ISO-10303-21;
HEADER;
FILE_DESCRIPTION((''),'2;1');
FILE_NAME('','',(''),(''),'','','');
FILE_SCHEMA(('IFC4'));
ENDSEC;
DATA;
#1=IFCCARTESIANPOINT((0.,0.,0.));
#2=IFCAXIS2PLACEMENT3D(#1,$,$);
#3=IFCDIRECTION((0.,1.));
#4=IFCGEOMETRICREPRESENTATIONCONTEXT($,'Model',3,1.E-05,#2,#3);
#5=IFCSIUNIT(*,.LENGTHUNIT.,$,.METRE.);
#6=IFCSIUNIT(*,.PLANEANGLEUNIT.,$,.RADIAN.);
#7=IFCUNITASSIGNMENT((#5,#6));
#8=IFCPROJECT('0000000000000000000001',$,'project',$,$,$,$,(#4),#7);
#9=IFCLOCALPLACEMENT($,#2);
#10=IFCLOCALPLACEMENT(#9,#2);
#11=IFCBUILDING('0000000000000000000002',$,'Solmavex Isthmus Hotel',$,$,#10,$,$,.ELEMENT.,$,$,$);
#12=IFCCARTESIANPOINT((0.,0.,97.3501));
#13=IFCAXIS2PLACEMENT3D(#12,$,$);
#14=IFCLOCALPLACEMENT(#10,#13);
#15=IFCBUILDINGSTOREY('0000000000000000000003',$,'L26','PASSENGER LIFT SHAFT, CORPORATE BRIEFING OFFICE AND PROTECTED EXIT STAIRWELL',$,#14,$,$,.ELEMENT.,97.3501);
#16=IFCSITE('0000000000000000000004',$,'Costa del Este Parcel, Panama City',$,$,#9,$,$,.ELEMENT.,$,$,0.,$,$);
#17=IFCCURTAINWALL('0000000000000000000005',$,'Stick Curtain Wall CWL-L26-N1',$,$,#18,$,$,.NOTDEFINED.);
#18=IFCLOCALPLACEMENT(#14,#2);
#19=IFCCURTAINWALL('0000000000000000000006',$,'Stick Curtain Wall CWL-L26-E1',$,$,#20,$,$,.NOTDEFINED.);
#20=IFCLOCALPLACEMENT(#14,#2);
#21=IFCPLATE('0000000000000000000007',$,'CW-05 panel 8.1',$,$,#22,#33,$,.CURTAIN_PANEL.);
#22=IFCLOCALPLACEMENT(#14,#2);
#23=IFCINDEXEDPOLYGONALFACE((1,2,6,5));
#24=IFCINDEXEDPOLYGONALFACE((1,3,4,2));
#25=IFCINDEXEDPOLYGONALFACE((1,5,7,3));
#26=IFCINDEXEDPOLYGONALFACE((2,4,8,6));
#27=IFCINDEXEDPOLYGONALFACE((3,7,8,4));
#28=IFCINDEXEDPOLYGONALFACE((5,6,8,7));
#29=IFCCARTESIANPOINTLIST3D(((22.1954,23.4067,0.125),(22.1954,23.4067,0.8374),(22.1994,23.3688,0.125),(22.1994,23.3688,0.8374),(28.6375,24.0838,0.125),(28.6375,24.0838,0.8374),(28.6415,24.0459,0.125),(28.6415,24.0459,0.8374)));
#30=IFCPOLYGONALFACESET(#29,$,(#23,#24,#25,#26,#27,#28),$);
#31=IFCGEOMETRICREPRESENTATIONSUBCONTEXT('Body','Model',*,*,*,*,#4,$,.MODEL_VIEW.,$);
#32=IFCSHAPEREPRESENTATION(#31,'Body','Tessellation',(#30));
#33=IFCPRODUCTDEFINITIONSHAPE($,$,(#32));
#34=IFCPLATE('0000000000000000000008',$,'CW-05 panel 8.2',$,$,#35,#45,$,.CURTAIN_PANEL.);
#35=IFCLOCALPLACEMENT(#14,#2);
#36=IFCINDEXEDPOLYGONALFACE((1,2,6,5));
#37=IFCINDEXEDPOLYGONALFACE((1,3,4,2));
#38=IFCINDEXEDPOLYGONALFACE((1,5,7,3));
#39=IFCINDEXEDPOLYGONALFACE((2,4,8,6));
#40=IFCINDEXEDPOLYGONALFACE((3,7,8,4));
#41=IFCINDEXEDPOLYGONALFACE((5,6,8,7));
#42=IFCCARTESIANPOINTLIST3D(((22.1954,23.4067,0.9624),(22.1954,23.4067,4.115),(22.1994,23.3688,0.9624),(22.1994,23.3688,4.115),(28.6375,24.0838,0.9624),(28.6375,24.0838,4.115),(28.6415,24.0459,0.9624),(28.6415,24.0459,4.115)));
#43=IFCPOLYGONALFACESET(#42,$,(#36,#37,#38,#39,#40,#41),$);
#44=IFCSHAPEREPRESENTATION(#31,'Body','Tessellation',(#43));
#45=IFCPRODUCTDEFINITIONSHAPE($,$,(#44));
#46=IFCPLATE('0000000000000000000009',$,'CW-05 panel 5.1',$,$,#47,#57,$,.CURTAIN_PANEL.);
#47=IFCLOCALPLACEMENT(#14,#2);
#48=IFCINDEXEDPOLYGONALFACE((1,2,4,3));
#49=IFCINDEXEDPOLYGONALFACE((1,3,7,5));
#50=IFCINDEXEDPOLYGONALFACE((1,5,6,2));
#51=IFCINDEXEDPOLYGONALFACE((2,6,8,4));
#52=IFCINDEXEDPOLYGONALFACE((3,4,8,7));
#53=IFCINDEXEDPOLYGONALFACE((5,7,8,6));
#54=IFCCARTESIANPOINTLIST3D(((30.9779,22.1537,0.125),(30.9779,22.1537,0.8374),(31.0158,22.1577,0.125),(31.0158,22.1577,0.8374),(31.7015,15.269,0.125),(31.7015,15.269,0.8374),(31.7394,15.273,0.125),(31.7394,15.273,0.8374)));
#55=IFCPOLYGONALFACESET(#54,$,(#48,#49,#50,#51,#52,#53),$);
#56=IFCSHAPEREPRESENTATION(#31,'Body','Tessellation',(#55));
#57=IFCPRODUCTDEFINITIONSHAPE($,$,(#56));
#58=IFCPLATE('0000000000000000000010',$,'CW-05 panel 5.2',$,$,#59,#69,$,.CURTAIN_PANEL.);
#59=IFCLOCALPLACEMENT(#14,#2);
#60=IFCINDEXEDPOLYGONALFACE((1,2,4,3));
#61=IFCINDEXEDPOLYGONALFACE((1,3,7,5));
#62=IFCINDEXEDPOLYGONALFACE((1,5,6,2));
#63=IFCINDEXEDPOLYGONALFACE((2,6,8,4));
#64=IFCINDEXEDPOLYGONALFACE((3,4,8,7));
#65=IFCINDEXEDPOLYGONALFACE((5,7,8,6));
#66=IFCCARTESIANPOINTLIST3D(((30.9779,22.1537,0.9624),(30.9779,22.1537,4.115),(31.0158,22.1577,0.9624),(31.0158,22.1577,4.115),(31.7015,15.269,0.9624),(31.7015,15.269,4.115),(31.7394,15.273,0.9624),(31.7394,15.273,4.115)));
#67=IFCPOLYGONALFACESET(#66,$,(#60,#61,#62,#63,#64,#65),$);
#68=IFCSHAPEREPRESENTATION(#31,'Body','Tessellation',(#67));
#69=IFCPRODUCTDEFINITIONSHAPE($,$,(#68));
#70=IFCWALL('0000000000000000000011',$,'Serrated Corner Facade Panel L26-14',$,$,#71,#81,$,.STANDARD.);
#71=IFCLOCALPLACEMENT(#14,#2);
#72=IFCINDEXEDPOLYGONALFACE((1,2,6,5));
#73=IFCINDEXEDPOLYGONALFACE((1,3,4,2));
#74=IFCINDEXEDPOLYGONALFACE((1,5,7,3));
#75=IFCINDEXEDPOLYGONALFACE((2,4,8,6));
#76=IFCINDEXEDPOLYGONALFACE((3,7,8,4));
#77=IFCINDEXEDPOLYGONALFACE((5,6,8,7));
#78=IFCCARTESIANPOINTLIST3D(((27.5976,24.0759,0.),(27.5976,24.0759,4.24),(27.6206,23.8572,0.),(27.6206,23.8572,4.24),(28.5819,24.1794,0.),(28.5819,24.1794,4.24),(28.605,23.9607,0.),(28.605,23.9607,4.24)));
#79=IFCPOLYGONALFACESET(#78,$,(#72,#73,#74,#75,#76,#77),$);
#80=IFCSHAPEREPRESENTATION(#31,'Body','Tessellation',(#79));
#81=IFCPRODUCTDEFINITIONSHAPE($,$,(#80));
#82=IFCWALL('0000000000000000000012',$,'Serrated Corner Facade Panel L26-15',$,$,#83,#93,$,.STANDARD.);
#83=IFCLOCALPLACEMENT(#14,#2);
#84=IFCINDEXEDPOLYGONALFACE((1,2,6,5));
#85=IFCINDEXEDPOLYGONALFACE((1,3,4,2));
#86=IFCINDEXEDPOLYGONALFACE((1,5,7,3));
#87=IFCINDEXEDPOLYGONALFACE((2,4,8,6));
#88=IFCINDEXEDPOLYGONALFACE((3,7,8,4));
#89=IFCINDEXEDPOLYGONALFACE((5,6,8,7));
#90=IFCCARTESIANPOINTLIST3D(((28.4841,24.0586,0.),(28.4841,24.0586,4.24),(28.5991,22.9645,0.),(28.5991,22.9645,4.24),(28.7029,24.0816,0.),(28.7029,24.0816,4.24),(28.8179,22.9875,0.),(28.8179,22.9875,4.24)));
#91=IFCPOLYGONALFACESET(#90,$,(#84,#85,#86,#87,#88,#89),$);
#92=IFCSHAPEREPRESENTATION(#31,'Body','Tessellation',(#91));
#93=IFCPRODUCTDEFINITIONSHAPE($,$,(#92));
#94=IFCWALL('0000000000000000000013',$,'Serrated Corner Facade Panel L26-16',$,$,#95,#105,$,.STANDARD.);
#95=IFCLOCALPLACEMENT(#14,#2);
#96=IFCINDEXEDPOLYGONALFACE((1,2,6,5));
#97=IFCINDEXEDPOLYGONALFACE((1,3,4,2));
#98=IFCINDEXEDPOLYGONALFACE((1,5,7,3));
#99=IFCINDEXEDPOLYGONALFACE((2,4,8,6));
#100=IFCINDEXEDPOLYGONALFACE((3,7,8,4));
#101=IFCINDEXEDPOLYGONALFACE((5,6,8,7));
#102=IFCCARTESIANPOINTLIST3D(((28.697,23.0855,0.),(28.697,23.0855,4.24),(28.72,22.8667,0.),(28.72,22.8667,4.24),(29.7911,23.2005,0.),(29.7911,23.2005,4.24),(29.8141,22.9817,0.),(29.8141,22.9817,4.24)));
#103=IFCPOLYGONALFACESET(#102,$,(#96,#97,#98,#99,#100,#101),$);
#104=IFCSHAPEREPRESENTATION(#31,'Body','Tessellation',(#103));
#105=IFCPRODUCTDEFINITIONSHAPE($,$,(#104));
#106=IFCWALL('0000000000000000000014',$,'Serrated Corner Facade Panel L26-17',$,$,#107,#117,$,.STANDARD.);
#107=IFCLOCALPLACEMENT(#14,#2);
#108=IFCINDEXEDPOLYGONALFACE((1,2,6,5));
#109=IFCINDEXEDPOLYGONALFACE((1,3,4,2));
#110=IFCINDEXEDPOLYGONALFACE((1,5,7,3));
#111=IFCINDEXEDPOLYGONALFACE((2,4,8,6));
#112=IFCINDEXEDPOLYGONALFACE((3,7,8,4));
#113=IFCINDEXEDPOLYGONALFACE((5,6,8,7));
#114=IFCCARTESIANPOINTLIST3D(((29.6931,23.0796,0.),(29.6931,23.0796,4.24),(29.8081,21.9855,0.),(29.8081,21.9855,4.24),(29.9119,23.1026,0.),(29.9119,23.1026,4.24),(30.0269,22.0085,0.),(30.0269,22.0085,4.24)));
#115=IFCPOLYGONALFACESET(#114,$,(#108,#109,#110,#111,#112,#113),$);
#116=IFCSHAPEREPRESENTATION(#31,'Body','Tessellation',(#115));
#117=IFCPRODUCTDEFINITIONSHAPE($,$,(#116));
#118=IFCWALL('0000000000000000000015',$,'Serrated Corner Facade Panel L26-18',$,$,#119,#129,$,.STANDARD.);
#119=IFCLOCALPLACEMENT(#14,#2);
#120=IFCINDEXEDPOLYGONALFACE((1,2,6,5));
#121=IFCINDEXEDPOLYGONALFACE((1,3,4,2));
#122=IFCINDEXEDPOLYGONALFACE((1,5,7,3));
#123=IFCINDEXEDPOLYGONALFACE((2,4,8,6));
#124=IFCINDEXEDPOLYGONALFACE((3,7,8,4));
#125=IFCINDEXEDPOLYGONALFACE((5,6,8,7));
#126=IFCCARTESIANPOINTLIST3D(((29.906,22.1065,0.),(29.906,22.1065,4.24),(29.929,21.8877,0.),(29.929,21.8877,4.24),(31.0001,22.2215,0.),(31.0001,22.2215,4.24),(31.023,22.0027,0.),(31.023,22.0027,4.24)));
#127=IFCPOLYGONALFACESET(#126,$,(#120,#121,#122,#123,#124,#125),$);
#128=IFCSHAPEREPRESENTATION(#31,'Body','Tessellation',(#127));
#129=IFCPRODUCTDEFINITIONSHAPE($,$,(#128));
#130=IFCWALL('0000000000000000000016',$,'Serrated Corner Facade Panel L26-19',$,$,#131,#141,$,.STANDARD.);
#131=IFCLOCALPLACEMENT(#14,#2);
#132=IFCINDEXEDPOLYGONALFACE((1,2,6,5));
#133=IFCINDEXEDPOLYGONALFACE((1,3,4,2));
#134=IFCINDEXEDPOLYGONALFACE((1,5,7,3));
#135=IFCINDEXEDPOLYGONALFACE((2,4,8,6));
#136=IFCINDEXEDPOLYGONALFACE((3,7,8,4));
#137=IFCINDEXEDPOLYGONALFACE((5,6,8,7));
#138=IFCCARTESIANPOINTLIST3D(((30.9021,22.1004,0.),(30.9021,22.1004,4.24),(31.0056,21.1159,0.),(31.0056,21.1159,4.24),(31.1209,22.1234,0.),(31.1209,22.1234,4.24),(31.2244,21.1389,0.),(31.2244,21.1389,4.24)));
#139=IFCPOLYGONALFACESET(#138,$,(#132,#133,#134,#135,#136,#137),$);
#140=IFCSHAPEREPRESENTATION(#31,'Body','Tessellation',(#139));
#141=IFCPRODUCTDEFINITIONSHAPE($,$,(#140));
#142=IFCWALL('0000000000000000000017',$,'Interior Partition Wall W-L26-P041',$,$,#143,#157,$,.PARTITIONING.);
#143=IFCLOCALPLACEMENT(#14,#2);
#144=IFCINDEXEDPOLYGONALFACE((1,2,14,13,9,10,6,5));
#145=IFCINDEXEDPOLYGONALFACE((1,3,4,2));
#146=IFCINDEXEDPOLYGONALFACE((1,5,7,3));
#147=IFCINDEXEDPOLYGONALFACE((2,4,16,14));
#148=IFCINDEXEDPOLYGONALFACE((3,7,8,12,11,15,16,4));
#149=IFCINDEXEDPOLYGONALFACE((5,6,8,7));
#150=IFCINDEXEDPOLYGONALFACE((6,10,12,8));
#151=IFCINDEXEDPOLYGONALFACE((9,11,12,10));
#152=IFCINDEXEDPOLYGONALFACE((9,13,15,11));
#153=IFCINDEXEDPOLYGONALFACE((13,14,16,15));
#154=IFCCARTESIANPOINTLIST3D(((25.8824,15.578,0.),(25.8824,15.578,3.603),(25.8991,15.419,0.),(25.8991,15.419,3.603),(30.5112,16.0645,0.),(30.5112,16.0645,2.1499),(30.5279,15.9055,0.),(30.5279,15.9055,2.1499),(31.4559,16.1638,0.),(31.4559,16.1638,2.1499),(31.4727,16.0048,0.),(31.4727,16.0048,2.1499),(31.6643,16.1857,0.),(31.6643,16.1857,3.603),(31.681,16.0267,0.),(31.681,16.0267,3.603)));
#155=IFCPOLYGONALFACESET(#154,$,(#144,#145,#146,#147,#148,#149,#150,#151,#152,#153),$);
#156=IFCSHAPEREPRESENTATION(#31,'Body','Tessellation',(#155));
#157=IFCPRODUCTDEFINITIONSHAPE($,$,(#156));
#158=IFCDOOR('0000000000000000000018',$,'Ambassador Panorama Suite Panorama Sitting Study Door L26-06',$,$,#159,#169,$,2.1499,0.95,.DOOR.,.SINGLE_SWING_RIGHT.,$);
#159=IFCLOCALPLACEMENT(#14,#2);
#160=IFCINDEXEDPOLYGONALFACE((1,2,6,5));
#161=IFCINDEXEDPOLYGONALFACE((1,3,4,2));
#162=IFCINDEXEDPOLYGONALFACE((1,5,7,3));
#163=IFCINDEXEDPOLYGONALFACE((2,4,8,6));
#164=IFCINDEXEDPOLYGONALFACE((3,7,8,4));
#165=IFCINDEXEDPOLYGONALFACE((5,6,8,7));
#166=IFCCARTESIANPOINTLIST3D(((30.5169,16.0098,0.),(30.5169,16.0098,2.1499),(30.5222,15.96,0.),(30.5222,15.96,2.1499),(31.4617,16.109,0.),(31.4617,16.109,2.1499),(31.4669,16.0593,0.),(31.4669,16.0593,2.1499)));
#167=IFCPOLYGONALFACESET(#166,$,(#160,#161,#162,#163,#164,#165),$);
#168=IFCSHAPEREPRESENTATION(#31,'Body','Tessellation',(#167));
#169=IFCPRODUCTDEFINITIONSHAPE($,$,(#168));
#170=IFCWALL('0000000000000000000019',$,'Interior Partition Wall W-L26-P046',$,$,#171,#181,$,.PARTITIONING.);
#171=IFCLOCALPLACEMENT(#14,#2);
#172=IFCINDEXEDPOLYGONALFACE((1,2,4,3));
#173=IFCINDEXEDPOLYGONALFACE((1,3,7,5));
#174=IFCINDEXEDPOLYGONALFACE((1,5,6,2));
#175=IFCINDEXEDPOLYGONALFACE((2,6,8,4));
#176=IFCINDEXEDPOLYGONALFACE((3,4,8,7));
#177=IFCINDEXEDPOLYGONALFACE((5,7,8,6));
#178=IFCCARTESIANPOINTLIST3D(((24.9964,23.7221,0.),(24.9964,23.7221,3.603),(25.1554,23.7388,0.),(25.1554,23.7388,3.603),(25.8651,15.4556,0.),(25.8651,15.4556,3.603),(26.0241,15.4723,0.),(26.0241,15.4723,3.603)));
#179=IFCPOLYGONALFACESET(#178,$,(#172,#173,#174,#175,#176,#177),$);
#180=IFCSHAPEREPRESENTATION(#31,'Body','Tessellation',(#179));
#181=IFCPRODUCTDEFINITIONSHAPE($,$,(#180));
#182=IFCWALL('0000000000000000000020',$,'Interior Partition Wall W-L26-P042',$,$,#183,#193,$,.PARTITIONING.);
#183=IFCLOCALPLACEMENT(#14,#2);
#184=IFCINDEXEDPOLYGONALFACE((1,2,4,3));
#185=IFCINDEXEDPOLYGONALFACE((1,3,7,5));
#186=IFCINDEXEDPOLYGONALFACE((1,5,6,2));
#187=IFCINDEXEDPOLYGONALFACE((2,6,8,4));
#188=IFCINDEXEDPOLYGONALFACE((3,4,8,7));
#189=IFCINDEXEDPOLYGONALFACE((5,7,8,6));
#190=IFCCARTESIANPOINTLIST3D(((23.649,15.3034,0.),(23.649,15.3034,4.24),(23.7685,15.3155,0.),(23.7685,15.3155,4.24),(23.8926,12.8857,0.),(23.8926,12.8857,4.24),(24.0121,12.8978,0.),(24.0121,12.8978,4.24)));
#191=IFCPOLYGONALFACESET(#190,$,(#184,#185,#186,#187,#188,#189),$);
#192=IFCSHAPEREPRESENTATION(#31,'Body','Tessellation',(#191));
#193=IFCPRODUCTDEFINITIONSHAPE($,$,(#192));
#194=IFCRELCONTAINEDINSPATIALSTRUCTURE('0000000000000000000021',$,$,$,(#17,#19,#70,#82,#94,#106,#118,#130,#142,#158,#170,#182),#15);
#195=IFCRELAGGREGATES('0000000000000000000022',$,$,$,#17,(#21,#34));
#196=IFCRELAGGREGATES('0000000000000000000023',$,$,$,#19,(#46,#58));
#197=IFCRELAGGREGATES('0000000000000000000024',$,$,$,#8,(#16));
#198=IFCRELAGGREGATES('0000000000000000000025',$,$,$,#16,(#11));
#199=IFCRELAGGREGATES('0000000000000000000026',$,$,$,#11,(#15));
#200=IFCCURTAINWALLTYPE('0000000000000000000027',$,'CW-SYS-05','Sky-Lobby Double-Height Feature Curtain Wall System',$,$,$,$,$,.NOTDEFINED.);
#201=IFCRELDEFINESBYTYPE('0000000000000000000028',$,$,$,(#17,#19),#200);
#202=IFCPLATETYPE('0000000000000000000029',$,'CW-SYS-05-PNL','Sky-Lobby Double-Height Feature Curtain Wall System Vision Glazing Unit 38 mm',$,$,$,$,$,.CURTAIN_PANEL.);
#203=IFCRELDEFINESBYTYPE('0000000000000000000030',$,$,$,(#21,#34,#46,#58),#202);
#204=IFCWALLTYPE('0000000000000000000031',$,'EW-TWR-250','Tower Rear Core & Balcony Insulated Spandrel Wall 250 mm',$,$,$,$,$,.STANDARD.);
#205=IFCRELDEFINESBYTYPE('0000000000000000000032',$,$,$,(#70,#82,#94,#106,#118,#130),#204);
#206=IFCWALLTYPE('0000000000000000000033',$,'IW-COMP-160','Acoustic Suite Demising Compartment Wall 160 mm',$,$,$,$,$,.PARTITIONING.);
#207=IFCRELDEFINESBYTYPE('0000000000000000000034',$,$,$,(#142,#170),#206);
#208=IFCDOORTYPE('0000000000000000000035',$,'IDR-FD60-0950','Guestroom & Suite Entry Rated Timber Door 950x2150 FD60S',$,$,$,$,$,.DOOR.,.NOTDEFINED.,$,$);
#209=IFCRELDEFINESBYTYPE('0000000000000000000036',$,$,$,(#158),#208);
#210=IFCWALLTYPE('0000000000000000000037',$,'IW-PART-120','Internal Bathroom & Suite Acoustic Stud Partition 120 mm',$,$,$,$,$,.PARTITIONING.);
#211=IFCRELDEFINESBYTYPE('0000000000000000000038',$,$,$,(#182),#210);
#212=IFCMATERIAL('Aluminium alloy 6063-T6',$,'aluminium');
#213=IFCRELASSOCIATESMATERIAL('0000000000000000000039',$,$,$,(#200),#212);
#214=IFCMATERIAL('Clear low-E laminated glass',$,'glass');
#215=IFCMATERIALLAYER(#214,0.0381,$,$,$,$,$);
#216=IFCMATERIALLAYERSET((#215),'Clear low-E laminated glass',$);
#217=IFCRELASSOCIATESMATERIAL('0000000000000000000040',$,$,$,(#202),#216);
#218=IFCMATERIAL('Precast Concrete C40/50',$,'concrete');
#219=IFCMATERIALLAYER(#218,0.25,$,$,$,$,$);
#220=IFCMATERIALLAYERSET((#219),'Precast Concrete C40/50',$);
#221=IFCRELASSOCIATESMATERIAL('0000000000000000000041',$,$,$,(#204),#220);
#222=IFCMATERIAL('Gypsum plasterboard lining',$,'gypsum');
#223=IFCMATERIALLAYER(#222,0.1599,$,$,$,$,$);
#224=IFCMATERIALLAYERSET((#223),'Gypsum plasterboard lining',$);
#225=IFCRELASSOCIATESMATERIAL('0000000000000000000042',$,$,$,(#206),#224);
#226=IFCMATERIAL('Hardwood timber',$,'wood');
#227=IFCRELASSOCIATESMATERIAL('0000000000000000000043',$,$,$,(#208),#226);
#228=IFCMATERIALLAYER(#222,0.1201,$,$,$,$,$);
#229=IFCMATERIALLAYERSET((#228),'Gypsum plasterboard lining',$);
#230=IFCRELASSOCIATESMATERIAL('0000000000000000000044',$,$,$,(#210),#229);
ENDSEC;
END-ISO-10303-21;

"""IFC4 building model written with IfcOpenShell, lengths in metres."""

from ifc_helpers import new_model, si_unit, direction, frame, frame_2d, origin, origin_2d, place, context, subcontext, project, spatial, rectangle, extrude, material, layer, layer_set, type_object, element, fill, aggregate, save


model = new_model("IFC4")

# Units and contexts
model_context = context("Model", 3, precision=1e-05, world=origin(), true_north=direction((0.0, 1.0)))
body_context = subcontext(model_context, "Body", "Model", "MODEL_VIEW")
ifc_project = project(units=[si_unit("LENGTHUNIT", "METRE"), si_unit("PLANEANGLEUNIT", "RADIAN")], contexts=[model_context])

# Site, building, storey
site_placement = place(None, origin())
site = spatial("IfcSite", under=ifc_project, at=site_placement, Name="Costa del Este Parcel, Panama City", CompositionType="ELEMENT", RefElevation=0.0)
building_placement = place(site_placement, origin())
building = spatial("IfcBuilding", under=site, at=building_placement, Name="Solmavex Isthmus Hotel", CompositionType="ELEMENT")
storey_placement = place(building_placement, frame((0.0, 0.0, 97.3501)))
storey = spatial("IfcBuildingStorey", under=building, at=storey_placement, Name="L26", Description="PASSENGER LIFT SHAFT, CORPORATE BRIEFING OFFICE AND PROTECTED EXIT STAIRWELL", CompositionType="ELEMENT", Elevation=97.3501)

# Curtain walls
ifc_material_1 = material(Name="Aluminium alloy 6063-T6", Category="aluminium")
curtain_wall_type = type_object("IfcCurtainWallType", Name="CW-SYS-05", Description="Sky-Lobby Double-Height Feature Curtain Wall System", PredefinedType="NOTDEFINED", material=ifc_material_1)
curtain_wall_1_placement = place(storey_placement, origin())
curtain_wall_1 = element("IfcCurtainWall", 1, at=curtain_wall_1_placement, inside=storey, type_object=curtain_wall_type, Name="Stick Curtain Wall CWL-L26-N1", PredefinedType="NOTDEFINED")
curtain_wall_2_placement = place(storey_placement, origin())
curtain_wall_2 = element("IfcCurtainWall", 2, at=curtain_wall_2_placement, inside=storey, type_object=curtain_wall_type, Name="Stick Curtain Wall CWL-L26-E1", PredefinedType="NOTDEFINED")

# Plates
ifc_material_2 = material(Name="Clear low-E laminated glass", Category="glass")
ifc_layer_1 = layer(ifc_material_2, 0.0381)
ifc_layer_set_1 = layer_set([ifc_layer_1], Name="Clear low-E laminated glass")
plate_type = type_object("IfcPlateType", Name="CW-SYS-05-PNL", Description="Sky-Lobby Double-Height Feature Curtain Wall System Vision Glazing Unit 38 mm", PredefinedType="CURTAIN_PANEL", material=ifc_layer_set_1)
plate_1_placement = place(storey_placement, frame((25.4185, 23.7263, 0.125), z_axis=(0.0, 0.0, 1.0), x_axis=(0.994522, 0.104528, 0.0)))
plate_1 = element("IfcPlate", 3, at=plate_1_placement, type_object=plate_type, Name="CW-05 panel 8.1", PredefinedType="CURTAIN_PANEL", context=body_context, shape_type="SweptSolid", body=[
    extrude(rectangle(XDim=6.4775, YDim=0.0381, at=origin_2d()), origin(), (0.0, 0.0, 1.0), 0.7124),
])
plate_2_placement = place(storey_placement, frame((25.4185, 23.7263, 0.9624), z_axis=(0.0, 0.0, 1.0), x_axis=(0.994522, 0.104528, 0.0)))
plate_2 = element("IfcPlate", 4, at=plate_2_placement, type_object=plate_type, Name="CW-05 panel 8.2", PredefinedType="CURTAIN_PANEL", context=body_context, shape_type="SweptSolid", body=[
    extrude(rectangle(XDim=6.4775, YDim=0.0381, at=origin_2d()), origin(), (0.0, 0.0, 1.0), 3.1526),
])
aggregate(curtain_wall_1, [plate_1, plate_2])
plate_3_placement = place(storey_placement, frame((31.3586, 18.7134, 0.125), z_axis=(0.0, 0.0, 1.0), x_axis=(-0.104528, 0.994522, 0.0)))
plate_3 = element("IfcPlate", 5, at=plate_3_placement, type_object=plate_type, Name="CW-05 panel 5.1", PredefinedType="CURTAIN_PANEL", context=body_context, shape_type="SweptSolid", body=[
    extrude(rectangle(XDim=6.9226, YDim=0.0381, at=origin_2d()), origin(), (0.0, 0.0, 1.0), 0.7124),
])
plate_4_placement = place(storey_placement, frame((31.3586, 18.7134, 0.9624), z_axis=(0.0, 0.0, 1.0), x_axis=(-0.104528, 0.994522, 0.0)))
plate_4 = element("IfcPlate", 6, at=plate_4_placement, type_object=plate_type, Name="CW-05 panel 5.2", PredefinedType="CURTAIN_PANEL", context=body_context, shape_type="SweptSolid", body=[
    extrude(rectangle(XDim=6.9226, YDim=0.0381, at=origin_2d()), origin(), (0.0, 0.0, 1.0), 3.1526),
])
aggregate(curtain_wall_2, [plate_3, plate_4])

# Walls
ifc_material_3 = material(Name="Precast Concrete C40/50", Category="concrete")
ifc_layer_2 = layer(ifc_material_3, 0.25)
ifc_layer_set_2 = layer_set([ifc_layer_2], Name="Precast Concrete C40/50")
wall_type_1 = type_object("IfcWallType", Name="EW-TWR-250", Description="Tower Rear Core & Balcony Insulated Spandrel Wall 250 mm", PredefinedType="STANDARD", material=ifc_layer_set_2)
wall_1_placement = place(storey_placement, frame((27.6091, 23.9666, 0.0), z_axis=(0.0, 0.0, 1.0), x_axis=(0.994516, 0.104582, 0.0)))
element("IfcWall", 7, at=wall_1_placement, inside=storey, type_object=wall_type_1, Name="Serrated Corner Facade Panel L26-14", PredefinedType="STANDARD", context=body_context, shape_type="SweptSolid", body=[
    extrude(rectangle(XDim=0.9897, YDim=0.22, at=frame_2d((0.4949, 0.0))), origin(), (0.0, 0.0, 1.0), 4.24),
])
for number, where, z_axis, x_axis, name in (
    (8, (28.5935, 24.0701, 0.0), (0.0, 0.0, 1.0), (0.104535, -0.994521, 0.0), "Serrated Corner Facade Panel L26-15"),
    (9, (28.7085, 22.9761, 0.0), (0.0, 0.0, 1.0), (0.994521, 0.104535, 0.0), "Serrated Corner Facade Panel L26-16"),
    (10, (29.8025, 23.0911, 0.0), (0.0, 0.0, 1.0), (0.104535, -0.994521, 0.0), "Serrated Corner Facade Panel L26-17"),
    (11, (29.9175, 21.9971, 0.0), (0.0, 0.0, 1.0), (0.994521, 0.104535, 0.0), "Serrated Corner Facade Panel L26-18"),
):
    element("IfcWall", number, at=place(storey_placement, frame(where, z_axis=z_axis, x_axis=x_axis)), inside=storey, type_object=wall_type_1, Name=name, PredefinedType="STANDARD", context=body_context, shape_type="SweptSolid", body=[
        extrude(rectangle(XDim=1.1001, YDim=0.22, at=frame_2d((0.55, 0.0))), origin(), (0.0, 0.0, 1.0), 4.24),
    ])
wall_2_placement = place(storey_placement, frame((31.0115, 22.1121, 0.0), z_axis=(0.0, 0.0, 1.0), x_axis=(0.104556, -0.994519, 0.0)))
element("IfcWall", 12, at=wall_2_placement, inside=storey, type_object=wall_type_1, Name="Serrated Corner Facade Panel L26-19", PredefinedType="STANDARD", context=body_context, shape_type="SweptSolid", body=[
    extrude(rectangle(XDim=0.99, YDim=0.22, at=frame_2d((0.4951, 0.0))), origin(), (0.0, 0.0, 1.0), 4.24),
])

# Wall, opening, door
ifc_material_4 = material(Name="Gypsum plasterboard lining", Category="gypsum")
ifc_layer_3 = layer(ifc_material_4, 0.1599)
ifc_layer_set_3 = layer_set([ifc_layer_3], Name="Gypsum plasterboard lining")
wall_type_2 = type_object("IfcWallType", Name="IW-COMP-160", Description="Acoustic Suite Demising Compartment Wall 160 mm", PredefinedType="PARTITIONING", material=ifc_layer_set_3)
wall_3_placement = place(storey_placement, frame((25.8909, 15.4985, 0.0), z_axis=(0.0, 0.0, 1.0), x_axis=(0.994523, 0.104521, 0.0)))
wall_3 = element("IfcWall", 13, at=wall_3_placement, inside=storey, type_object=wall_type_2, Name="Interior Partition Wall W-L26-P041", PredefinedType="PARTITIONING", context=body_context, shape_type="SweptSolid", body=[
    extrude(rectangle(XDim=5.8137, YDim=0.1599, at=frame_2d((2.9067, 0.0))), origin(), (0.0, 0.0, 1.0), 3.603),
])
opening_1_placement = place(wall_3_placement, frame((4.6541, 0.0, 0.0)))
opening_1 = element("IfcOpeningElement", 14, at=opening_1_placement, cuts=wall_3, PredefinedType="OPENING", context=body_context, shape_type="SweptSolid", body=[
    extrude(rectangle(XDim=0.95, YDim=2.1499, at=frame_2d((0.4751, 1.075))), frame((0.0, 0.0898, 0.0), z_axis=(0.0, -1.0, 0.0), x_axis=(1.0, 0.0, 0.0)), (0.0, 0.0, 1.0), 0.1799),
])
ifc_material_5 = material(Name="Hardwood timber", Category="wood")
door_type_1 = type_object("IfcDoorType", Name="IDR-FD60-0950", Description="Guestroom & Suite Entry Rated Timber Door 950x2150 FD60S", OperationType="NOTDEFINED", PredefinedType="DOOR", material=ifc_material_5)
door_1_placement = place(opening_1_placement, origin())
door_1 = element("IfcDoor", 15, at=door_1_placement, inside=storey, type_object=door_type_1, Name="Ambassador Panorama Suite Panorama Sitting Study Door L26-06", OperationType="SINGLE_SWING_RIGHT", OverallHeight=2.1499, OverallWidth=0.95, PredefinedType="DOOR", context=body_context, shape_type="SweptSolid", body=[
    extrude(rectangle(XDim=0.95, YDim=2.1499, at=frame_2d((0.4751, 1.075))), frame((0.0, 0.0249, 0.0), z_axis=(0.0, -1.0, 0.0), x_axis=(1.0, 0.0, 0.0)), (0.0, 0.0, 1.0), 0.05),
])
fill(opening_1, door_1)

# Walls
wall_4_placement = place(storey_placement, frame((25.0759, 23.7305, 0.0), z_axis=(0.0, 0.0, 1.0), x_axis=(0.104504, -0.994524, 0.0)))
element("IfcWall", 16, at=wall_4_placement, inside=storey, type_object=wall_type_2, Name="Interior Partition Wall W-L26-P046", PredefinedType="PARTITIONING", context=body_context, shape_type="SweptSolid", body=[
    extrude(rectangle(XDim=8.312, YDim=0.1599, at=frame_2d((4.156, 0.0))), origin(), (0.0, 0.0, 1.0), 3.603),
])
ifc_layer_4 = layer(ifc_material_4, 0.1201)
ifc_layer_set_4 = layer_set([ifc_layer_4], Name="Gypsum plasterboard lining")
wall_type_3 = type_object("IfcWallType", Name="IW-PART-120", Description="Internal Bathroom & Suite Acoustic Stud Partition 120 mm", PredefinedType="PARTITIONING", material=ifc_layer_set_4)
wall_5_placement = place(storey_placement, frame((23.7087, 15.3093, 0.0), z_axis=(0.0, 0.0, 1.0), x_axis=(0.10027, -0.99496, 0.0)))
element("IfcWall", 17, at=wall_5_placement, inside=storey, type_object=wall_type_3, Name="Interior Partition Wall W-L26-P042", PredefinedType="PARTITIONING", context=body_context, shape_type="SweptSolid", body=[
    extrude(rectangle(XDim=2.4299, YDim=0.1201, at=frame_2d((1.2148, 0.0))), origin(), (0.0, 0.0, 1.0), 4.24),
])

save(model, "model.ifc")
